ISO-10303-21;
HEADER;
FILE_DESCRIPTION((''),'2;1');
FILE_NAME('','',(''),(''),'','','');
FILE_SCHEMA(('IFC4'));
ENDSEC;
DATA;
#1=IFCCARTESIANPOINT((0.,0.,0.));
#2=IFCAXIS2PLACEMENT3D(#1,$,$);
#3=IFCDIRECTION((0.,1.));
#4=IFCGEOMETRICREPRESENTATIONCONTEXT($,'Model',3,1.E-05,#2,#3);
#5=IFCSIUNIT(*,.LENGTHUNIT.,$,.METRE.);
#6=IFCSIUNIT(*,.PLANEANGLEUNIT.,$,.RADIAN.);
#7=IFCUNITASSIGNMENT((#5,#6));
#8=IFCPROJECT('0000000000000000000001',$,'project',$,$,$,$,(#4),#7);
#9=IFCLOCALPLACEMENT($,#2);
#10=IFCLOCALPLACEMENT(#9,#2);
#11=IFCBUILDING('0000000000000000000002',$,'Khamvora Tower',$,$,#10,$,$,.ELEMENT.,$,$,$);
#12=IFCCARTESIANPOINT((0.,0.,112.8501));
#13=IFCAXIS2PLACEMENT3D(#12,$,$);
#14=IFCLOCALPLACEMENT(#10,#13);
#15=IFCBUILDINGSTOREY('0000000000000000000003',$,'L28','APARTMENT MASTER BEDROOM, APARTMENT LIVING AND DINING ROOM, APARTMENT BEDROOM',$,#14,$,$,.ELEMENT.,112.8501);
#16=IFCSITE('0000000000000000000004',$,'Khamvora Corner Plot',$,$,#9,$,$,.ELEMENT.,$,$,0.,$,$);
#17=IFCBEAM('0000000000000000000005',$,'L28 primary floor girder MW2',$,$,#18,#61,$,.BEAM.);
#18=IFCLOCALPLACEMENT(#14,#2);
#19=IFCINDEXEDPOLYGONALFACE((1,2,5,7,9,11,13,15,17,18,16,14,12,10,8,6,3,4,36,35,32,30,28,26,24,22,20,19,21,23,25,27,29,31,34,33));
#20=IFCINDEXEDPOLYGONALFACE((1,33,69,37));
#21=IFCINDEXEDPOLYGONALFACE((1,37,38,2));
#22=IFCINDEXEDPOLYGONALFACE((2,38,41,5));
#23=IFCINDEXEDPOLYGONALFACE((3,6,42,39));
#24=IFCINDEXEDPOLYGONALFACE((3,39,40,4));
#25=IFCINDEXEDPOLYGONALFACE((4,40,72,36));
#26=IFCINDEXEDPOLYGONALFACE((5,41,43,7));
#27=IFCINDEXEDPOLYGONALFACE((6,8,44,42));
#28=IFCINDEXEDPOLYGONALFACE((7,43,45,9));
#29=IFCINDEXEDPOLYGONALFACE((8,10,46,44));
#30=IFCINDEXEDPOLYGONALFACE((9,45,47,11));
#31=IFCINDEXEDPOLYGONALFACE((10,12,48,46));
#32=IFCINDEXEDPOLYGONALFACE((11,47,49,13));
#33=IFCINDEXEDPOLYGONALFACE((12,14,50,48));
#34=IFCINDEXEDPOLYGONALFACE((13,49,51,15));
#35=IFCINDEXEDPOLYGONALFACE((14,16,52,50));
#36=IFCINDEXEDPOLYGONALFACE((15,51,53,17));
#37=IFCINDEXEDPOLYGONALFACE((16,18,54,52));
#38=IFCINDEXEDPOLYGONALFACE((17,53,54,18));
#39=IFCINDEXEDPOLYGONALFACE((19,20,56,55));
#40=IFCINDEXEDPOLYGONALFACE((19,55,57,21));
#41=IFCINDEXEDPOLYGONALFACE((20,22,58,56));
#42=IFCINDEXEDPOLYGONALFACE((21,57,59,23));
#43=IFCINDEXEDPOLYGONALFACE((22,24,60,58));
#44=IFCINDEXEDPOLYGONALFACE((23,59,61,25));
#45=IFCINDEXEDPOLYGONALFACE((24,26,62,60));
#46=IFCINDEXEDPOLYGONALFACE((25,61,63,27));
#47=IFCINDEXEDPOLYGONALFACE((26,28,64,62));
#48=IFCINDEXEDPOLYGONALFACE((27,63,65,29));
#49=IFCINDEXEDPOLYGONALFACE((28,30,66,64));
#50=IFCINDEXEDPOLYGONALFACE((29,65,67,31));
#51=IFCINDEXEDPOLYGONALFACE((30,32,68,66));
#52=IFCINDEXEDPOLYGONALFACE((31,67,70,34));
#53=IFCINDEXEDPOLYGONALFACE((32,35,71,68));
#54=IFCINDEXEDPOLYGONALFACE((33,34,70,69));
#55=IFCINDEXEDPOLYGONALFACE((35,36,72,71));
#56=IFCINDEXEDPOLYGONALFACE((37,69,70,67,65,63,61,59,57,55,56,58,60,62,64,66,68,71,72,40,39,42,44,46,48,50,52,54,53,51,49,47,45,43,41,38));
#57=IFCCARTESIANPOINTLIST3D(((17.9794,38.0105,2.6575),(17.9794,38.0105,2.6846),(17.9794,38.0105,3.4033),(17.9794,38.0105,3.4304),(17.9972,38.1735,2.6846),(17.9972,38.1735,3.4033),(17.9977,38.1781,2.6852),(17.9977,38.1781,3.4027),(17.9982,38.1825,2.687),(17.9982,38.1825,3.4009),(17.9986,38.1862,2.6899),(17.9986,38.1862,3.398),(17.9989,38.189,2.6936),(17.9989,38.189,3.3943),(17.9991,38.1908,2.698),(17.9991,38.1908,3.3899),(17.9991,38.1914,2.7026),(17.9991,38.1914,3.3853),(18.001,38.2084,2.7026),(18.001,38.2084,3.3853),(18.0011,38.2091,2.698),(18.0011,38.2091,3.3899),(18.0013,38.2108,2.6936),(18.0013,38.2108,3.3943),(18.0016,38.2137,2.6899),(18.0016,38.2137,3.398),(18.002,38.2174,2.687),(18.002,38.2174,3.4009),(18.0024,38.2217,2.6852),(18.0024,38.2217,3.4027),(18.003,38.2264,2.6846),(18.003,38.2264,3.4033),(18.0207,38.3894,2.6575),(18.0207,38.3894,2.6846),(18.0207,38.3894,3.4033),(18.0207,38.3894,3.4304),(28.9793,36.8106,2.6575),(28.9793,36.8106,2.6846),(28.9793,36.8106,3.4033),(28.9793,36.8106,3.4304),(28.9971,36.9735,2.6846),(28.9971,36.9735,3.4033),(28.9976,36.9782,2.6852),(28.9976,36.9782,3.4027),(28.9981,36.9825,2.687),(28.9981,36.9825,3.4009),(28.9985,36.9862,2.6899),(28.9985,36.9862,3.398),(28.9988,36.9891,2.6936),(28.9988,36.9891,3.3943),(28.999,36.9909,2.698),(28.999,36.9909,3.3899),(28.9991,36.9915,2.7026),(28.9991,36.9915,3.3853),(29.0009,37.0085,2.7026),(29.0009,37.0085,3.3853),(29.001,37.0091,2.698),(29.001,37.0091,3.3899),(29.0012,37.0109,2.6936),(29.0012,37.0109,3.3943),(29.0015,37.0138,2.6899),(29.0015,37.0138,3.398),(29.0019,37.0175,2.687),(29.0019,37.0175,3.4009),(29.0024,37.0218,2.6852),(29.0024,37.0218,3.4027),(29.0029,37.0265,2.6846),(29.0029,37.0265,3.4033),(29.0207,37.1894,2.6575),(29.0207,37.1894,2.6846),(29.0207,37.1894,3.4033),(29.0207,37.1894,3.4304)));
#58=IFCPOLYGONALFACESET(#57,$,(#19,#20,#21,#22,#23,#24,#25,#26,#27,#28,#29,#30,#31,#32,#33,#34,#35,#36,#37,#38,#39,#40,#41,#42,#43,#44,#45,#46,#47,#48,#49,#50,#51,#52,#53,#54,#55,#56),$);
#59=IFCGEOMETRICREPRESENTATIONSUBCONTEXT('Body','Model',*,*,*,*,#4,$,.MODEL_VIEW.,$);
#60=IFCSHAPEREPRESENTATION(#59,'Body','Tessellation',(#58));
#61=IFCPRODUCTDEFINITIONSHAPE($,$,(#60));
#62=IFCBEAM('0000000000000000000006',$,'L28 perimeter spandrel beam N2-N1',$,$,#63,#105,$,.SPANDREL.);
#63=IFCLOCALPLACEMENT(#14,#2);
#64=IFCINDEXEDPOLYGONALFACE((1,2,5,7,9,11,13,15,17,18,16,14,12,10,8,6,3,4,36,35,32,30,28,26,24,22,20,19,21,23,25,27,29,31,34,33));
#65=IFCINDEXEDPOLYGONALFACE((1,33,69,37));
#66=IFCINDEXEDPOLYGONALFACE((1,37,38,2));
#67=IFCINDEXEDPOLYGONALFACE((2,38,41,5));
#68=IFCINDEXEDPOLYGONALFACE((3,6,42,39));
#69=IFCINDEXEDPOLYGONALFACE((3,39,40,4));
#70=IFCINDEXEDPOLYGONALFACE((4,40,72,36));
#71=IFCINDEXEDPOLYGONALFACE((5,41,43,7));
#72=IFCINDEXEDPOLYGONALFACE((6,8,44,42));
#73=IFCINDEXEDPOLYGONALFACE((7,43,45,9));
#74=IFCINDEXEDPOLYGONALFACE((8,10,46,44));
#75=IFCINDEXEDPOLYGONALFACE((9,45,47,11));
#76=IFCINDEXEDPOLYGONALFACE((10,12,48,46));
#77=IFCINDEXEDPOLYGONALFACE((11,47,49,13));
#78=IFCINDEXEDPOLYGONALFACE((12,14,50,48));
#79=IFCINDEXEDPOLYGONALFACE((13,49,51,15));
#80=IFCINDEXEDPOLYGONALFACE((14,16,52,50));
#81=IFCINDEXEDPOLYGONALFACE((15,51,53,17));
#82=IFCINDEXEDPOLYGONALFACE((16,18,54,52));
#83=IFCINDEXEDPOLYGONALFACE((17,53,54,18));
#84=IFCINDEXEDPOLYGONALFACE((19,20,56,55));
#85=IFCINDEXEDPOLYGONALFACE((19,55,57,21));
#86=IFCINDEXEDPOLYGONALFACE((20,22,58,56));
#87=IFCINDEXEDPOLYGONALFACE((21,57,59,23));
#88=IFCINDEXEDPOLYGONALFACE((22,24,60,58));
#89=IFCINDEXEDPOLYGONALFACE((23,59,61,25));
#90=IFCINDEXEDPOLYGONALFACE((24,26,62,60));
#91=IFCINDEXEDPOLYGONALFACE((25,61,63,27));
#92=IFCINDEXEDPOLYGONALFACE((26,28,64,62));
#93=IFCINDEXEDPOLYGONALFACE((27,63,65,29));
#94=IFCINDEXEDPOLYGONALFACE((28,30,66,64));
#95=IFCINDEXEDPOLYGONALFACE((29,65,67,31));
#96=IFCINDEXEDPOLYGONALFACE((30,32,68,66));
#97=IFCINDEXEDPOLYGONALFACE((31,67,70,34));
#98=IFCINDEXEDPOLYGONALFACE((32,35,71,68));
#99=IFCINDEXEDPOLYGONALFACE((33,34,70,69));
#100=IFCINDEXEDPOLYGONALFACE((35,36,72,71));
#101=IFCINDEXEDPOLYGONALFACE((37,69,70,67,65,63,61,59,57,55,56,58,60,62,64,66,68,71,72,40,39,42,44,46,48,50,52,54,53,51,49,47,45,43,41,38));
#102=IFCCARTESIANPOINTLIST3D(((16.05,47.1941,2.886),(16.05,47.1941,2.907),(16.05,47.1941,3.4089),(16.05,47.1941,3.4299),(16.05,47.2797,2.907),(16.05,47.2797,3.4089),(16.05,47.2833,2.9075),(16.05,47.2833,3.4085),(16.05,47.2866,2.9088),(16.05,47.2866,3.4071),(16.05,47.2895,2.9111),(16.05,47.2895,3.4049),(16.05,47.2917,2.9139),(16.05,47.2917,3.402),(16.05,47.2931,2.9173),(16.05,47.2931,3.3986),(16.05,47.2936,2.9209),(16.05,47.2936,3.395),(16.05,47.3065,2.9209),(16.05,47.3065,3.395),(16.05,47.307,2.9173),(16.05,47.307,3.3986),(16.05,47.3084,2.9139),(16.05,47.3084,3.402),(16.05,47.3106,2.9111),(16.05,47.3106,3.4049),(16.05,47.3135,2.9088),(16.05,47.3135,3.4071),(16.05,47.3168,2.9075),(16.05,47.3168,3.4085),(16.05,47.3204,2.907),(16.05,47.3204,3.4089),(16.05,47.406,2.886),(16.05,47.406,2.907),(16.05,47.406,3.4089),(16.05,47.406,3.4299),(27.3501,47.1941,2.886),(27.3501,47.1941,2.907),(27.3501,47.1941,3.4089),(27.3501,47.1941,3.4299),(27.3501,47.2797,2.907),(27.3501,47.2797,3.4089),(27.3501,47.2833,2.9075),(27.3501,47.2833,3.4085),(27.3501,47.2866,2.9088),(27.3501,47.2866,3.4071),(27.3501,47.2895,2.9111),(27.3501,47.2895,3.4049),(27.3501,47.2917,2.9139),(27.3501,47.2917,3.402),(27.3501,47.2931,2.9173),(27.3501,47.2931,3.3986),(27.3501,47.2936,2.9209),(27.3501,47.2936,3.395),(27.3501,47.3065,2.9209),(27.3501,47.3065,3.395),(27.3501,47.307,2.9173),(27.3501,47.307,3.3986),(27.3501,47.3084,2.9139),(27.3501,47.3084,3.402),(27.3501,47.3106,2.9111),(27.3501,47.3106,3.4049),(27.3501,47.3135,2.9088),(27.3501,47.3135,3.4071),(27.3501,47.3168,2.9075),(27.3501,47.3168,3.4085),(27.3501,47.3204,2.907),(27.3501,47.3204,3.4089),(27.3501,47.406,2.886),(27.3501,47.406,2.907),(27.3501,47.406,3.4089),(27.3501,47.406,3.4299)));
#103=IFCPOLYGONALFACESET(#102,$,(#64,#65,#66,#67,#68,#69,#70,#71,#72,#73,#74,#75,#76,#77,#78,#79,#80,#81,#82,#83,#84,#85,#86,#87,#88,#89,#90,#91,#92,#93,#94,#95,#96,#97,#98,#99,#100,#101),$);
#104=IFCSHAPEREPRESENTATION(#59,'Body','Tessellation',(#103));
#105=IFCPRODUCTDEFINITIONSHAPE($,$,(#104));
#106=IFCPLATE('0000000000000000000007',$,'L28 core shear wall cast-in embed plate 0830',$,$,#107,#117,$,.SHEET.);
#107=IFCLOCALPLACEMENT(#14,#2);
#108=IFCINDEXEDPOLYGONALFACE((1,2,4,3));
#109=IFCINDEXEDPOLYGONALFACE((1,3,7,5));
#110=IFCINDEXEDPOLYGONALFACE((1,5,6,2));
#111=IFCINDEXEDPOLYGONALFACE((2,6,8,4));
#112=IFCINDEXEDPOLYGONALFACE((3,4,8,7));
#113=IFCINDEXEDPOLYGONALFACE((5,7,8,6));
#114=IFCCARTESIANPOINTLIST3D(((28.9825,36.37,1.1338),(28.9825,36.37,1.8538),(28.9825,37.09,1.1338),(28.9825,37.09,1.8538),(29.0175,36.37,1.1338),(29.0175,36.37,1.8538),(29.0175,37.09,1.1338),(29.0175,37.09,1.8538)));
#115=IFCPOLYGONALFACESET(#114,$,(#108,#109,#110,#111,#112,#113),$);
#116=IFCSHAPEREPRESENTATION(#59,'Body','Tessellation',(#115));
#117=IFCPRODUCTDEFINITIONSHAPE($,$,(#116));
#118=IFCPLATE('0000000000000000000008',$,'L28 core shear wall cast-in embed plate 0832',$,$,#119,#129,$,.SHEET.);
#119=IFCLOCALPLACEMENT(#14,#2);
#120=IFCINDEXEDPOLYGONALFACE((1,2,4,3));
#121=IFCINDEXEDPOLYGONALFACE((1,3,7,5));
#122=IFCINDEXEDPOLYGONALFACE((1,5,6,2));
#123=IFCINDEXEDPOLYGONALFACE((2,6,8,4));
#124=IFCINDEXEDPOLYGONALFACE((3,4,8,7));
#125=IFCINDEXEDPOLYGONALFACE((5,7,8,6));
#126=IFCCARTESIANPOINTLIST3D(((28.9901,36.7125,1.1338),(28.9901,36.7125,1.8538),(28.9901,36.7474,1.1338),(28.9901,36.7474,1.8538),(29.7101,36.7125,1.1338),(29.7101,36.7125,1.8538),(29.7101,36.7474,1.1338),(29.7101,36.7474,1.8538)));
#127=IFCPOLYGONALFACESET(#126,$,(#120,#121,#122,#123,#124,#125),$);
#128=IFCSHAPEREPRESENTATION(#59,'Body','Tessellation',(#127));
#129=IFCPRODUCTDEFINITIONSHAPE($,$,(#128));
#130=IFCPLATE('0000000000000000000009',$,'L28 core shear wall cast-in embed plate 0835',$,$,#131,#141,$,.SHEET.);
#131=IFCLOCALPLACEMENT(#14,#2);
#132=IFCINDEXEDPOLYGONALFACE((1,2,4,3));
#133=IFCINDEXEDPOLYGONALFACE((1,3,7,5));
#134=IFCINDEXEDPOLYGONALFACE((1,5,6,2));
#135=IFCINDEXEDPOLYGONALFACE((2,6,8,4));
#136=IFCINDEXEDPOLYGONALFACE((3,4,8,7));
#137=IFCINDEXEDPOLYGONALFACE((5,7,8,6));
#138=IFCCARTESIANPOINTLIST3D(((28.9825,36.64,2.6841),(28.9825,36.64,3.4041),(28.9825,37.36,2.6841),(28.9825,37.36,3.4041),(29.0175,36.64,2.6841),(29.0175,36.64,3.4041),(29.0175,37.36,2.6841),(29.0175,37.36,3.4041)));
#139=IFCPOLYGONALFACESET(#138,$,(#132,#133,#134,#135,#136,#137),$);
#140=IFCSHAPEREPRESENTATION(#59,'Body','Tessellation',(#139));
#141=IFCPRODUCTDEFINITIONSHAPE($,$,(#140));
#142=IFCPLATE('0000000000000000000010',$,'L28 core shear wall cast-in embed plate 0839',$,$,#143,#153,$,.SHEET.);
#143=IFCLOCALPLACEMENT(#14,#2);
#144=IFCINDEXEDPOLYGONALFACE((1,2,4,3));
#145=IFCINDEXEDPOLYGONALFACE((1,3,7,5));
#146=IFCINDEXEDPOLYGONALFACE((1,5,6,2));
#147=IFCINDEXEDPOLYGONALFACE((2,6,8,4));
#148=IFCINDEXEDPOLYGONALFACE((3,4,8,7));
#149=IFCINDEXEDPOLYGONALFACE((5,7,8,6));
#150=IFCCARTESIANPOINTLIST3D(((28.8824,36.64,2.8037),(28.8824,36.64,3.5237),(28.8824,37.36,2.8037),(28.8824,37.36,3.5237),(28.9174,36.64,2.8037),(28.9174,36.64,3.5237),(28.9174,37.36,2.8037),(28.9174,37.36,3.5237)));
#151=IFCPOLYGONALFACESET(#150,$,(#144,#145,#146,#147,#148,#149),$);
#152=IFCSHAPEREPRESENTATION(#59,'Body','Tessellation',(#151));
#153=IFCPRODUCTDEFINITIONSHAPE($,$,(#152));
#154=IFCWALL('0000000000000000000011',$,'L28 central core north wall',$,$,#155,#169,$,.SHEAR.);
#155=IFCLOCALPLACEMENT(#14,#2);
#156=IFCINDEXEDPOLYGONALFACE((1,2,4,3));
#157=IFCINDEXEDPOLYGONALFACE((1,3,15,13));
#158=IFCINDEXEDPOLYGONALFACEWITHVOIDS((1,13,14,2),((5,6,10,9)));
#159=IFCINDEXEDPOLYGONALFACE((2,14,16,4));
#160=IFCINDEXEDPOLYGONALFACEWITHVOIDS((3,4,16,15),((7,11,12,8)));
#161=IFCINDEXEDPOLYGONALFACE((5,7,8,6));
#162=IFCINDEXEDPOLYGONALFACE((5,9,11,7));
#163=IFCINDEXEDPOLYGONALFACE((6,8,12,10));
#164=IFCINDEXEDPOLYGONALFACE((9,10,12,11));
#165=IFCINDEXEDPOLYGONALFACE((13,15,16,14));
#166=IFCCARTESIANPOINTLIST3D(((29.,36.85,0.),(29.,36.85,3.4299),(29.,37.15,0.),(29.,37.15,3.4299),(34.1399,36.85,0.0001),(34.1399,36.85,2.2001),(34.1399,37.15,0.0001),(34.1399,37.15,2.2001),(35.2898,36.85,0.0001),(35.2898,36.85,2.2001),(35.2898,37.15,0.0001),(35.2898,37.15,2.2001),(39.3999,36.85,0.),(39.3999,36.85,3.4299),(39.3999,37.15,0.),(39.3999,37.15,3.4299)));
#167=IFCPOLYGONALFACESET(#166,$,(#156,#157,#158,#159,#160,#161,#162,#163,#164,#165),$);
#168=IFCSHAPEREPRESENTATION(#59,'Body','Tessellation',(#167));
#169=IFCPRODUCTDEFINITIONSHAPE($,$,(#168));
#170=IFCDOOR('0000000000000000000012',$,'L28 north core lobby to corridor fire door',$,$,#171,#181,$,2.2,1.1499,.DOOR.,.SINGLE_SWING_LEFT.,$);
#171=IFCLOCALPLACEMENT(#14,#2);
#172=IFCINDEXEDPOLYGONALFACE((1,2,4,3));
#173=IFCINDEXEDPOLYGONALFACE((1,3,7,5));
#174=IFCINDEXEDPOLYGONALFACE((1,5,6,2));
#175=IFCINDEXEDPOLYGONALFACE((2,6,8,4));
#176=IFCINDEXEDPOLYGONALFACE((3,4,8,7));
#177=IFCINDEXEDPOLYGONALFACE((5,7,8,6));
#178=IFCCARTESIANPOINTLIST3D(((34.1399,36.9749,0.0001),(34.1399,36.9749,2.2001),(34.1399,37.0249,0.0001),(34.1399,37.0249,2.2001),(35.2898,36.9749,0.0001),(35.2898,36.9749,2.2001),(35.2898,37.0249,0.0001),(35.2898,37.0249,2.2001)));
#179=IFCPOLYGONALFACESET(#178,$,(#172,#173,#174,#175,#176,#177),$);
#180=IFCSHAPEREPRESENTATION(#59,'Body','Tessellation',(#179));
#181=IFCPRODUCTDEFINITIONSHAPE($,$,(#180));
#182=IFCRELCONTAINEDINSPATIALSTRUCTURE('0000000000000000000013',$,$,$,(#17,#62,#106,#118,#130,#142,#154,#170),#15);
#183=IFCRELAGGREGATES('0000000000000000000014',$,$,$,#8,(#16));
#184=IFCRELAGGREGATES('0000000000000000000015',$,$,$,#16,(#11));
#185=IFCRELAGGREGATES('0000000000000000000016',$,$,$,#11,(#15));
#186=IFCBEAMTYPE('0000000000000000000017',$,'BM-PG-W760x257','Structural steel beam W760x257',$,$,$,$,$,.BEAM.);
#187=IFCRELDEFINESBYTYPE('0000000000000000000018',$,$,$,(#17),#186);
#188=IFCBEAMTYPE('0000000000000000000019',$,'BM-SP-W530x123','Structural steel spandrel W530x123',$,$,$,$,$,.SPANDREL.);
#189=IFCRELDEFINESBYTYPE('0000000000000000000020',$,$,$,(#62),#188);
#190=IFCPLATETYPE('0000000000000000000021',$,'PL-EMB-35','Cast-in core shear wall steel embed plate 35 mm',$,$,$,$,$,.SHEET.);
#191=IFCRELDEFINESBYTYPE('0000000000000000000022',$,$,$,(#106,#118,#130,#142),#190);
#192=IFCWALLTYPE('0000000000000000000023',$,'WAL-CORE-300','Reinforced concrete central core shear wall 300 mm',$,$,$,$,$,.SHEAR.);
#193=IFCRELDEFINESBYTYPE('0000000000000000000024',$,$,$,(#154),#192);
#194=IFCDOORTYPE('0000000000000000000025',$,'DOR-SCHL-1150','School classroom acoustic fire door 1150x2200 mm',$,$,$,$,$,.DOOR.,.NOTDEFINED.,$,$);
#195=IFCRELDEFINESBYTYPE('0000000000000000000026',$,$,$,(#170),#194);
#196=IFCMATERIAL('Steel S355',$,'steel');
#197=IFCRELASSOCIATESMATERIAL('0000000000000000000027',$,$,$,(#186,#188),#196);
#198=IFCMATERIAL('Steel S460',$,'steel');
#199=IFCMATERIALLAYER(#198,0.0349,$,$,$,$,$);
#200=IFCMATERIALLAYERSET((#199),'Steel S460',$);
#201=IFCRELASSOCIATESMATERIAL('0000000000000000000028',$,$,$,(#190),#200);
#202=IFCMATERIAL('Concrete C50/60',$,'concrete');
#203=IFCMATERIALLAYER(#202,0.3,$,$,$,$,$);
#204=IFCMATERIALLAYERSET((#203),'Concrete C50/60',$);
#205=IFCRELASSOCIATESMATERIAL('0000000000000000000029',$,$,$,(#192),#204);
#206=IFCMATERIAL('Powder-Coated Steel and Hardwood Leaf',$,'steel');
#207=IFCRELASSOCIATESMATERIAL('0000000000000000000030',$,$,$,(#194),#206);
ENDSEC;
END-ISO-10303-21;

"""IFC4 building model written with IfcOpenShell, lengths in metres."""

from ifc_helpers import new_model, si_unit, direction, frame, frame_2d, origin, origin_2d, place, context, subcontext, project, spatial, rectangle, i_section, extrude, material, layer, layer_set, material_profile, profile_set, type_object, element, fill, save


model = new_model("IFC4")

# Units and contexts
model_context = context("Model", 3, precision=1e-05, world=origin(), true_north=direction((0.0, 1.0)))
body_context = subcontext(model_context, "Body", "Model", "MODEL_VIEW")
ifc_project = project(units=[si_unit("LENGTHUNIT", "METRE"), si_unit("PLANEANGLEUNIT", "RADIAN")], contexts=[model_context])

# Site, building, storey
site_placement = place(None, origin())
site = spatial("IfcSite", under=ifc_project, at=site_placement, Name="Khamvora Corner Plot", CompositionType="ELEMENT", RefElevation=0.0)
building_placement = place(site_placement, origin())
building = spatial("IfcBuilding", under=site, at=building_placement, Name="Khamvora Tower", CompositionType="ELEMENT")
storey_placement = place(building_placement, frame((0.0, 0.0, 112.8501)))
storey = spatial("IfcBuildingStorey", under=building, at=storey_placement, Name="L28", Description="APARTMENT MASTER BEDROOM, APARTMENT LIVING AND DINING ROOM, APARTMENT BEDROOM", CompositionType="ELEMENT", Elevation=112.8501)

# Shared definitions
ifc_material_1 = material(Name="Steel S355", Category="steel")
ifc_material_2 = material(Name="Steel S460", Category="steel")

# Beams
ifc_material_profile_1 = material_profile(ifc_material_1, i_section(OverallWidth=0.3811, OverallDepth=0.7729, WebThickness=0.0171, FlangeThickness=0.0271, FilletRadius=0.0181, at=origin_2d()), Name="W760x257")
ifc_profile_set_1 = profile_set([ifc_material_profile_1], Name="Steel S355")
beam_type_1 = type_object("IfcBeamType", Name="BM-PG-W760x257", Description="Structural steel beam W760x257", PredefinedType="BEAM", material=ifc_profile_set_1)
beam_1_placement = place(storey_placement, frame((29.0, 37.0, 3.0439), z_axis=(-0.994103, 0.108443, 0.0), x_axis=(-0.108443, -0.994103, 0.0)))
element("IfcBeam", 1, at=beam_1_placement, inside=storey, type_object=beam_type_1, Name="L28 primary floor girder MW2", PredefinedType="BEAM", context=body_context, shape_type="SweptSolid", body=[
    extrude(i_section(OverallWidth=0.3811, OverallDepth=0.7729, WebThickness=0.0171, FlangeThickness=0.0271, FilletRadius=0.0181, at=origin_2d()), origin(), (0.0, 0.0, 1.0), 11.0652),
])
ifc_material_profile_2 = material_profile(ifc_material_1, i_section(OverallWidth=0.2119, OverallDepth=0.5439, WebThickness=0.0129, FlangeThickness=0.021, FilletRadius=0.0139, at=origin_2d()), Name="W530x123")
ifc_profile_set_2 = profile_set([ifc_material_profile_2], Name="Steel S355")
beam_type_2 = type_object("IfcBeamType", Name="BM-SP-W530x123", Description="Structural steel spandrel W530x123", PredefinedType="SPANDREL", material=ifc_profile_set_2)
beam_2_placement = place(storey_placement, frame((27.3501, 47.3, 3.158), z_axis=(-1.0, 0.0, 0.0), x_axis=(0.0, -1.0, 0.0)))
element("IfcBeam", 2, at=beam_2_placement, inside=storey, type_object=beam_type_2, Name="L28 perimeter spandrel beam N2-N1", PredefinedType="SPANDREL", context=body_context, shape_type="SweptSolid", body=[
    extrude(i_section(OverallWidth=0.2119, OverallDepth=0.5439, WebThickness=0.0129, FlangeThickness=0.021, FilletRadius=0.0139, at=origin_2d()), origin(), (0.0, 0.0, 1.0), 11.3),
])

# Plates
ifc_layer_1 = layer(ifc_material_2, 0.0349)
ifc_layer_set_1 = layer_set([ifc_layer_1], Name="Steel S460")
plate_type = type_object("IfcPlateType", Name="PL-EMB-35", Description="Cast-in core shear wall steel embed plate 35 mm", PredefinedType="SHEET", material=ifc_layer_set_1)
plate_1_placement = place(storey_placement, frame((29.0, 36.73, 1.1338), z_axis=(0.0, 0.0, 1.0), x_axis=(1.0, 0.0, 0.0)))
element("IfcPlate", 3, at=plate_1_placement, inside=storey, type_object=plate_type, Name="L28 core shear wall cast-in embed plate 0830", PredefinedType="SHEET", context=body_context, shape_type="SweptSolid", body=[
    extrude(rectangle(XDim=0.0349, YDim=0.72, at=origin_2d()), origin(), (0.0, 0.0, 1.0), 0.72),
])
plate_2_placement = place(storey_placement, frame((29.3501, 36.73, 1.1338), z_axis=(0.0, 0.0, 1.0), x_axis=(1.0, 0.0, 0.0)))
element("IfcPlate", 4, at=plate_2_placement, inside=storey, type_object=plate_type, Name="L28 core shear wall cast-in embed plate 0832", PredefinedType="SHEET", context=body_context, shape_type="SweptSolid", body=[
    extrude(rectangle(XDim=0.72, YDim=0.0349, at=origin_2d()), origin(), (0.0, 0.0, 1.0), 0.72),
])
for number, where, z_axis, x_axis, name in (
    (5, (29.0, 37.0, 2.6841), (0.0, 0.0, 1.0), (1.0, 0.0, 0.0), "L28 core shear wall cast-in embed plate 0835"),
    (6, (28.8999, 37.0, 2.8037), (0.0, 0.0, 1.0), (1.0, 0.0, 0.0), "L28 core shear wall cast-in embed plate 0839"),
):
    element("IfcPlate", number, at=place(storey_placement, frame(where, z_axis=z_axis, x_axis=x_axis)), inside=storey, type_object=plate_type, Name=name, PredefinedType="SHEET", context=body_context, shape_type="SweptSolid", body=[
        extrude(rectangle(XDim=0.0349, YDim=0.72, at=origin_2d()), origin(), (0.0, 0.0, 1.0), 0.72),
    ])

# Wall, opening, door
ifc_material_3 = material(Name="Concrete C50/60", Category="concrete")
ifc_layer_2 = layer(ifc_material_3, 0.3)
ifc_layer_set_2 = layer_set([ifc_layer_2], Name="Concrete C50/60")
wall_type_1 = type_object("IfcWallType", Name="WAL-CORE-300", Description="Reinforced concrete central core shear wall 300 mm", PredefinedType="SHEAR", material=ifc_layer_set_2)
wall_1_placement = place(storey_placement, frame((29.0, 37.0, 0.0), z_axis=(0.0, 0.0, 1.0), x_axis=(1.0, 0.0, 0.0)))
wall_1 = element("IfcWall", 7, at=wall_1_placement, inside=storey, type_object=wall_type_1, Name="L28 central core north wall", PredefinedType="SHEAR", context=body_context, shape_type="SweptSolid", body=[
    extrude(rectangle(XDim=10.3999, YDim=0.3, at=frame_2d((5.2, 0.0))), origin(), (0.0, 0.0, 1.0), 3.4299),
])
opening_1_placement = place(wall_1_placement, frame((5.1399, 0.0, 0.0)))
opening_1 = element("IfcOpeningElement", 8, at=opening_1_placement, cuts=wall_1, PredefinedType="OPENING", context=body_context, shape_type="SweptSolid", body=[
    extrude(rectangle(XDim=1.1499, YDim=2.2, at=frame_2d((0.575, 1.1001))), frame((0.0, 0.1599, 0.0), z_axis=(0.0, -1.0, 0.0), x_axis=(1.0, 0.0, 0.0)), (0.0, 0.0, 1.0), 0.3201),
])
ifc_material_4 = material(Name="Powder-Coated Steel and Hardwood Leaf", Category="steel")
door_type_1 = type_object("IfcDoorType", Name="DOR-SCHL-1150", Description="School classroom acoustic fire door 1150x2200 mm", OperationType="NOTDEFINED", PredefinedType="DOOR", material=ifc_material_4)
door_1_placement = place(opening_1_placement, origin())
door_1 = element("IfcDoor", 9, at=door_1_placement, inside=storey, type_object=door_type_1, Name="L28 north core lobby to corridor fire door", OperationType="SINGLE_SWING_LEFT", OverallHeight=2.2, OverallWidth=1.1499, PredefinedType="DOOR", context=body_context, shape_type="SweptSolid", body=[
    extrude(rectangle(XDim=1.1499, YDim=2.2, at=frame_2d((0.575, 1.1001))), frame((0.0, 0.0249, 0.0), z_axis=(0.0, -1.0, 0.0), x_axis=(1.0, 0.0, 0.0)), (0.0, 0.0, 1.0), 0.05),
])
fill(opening_1, door_1)

save(model, "model.ifc")
